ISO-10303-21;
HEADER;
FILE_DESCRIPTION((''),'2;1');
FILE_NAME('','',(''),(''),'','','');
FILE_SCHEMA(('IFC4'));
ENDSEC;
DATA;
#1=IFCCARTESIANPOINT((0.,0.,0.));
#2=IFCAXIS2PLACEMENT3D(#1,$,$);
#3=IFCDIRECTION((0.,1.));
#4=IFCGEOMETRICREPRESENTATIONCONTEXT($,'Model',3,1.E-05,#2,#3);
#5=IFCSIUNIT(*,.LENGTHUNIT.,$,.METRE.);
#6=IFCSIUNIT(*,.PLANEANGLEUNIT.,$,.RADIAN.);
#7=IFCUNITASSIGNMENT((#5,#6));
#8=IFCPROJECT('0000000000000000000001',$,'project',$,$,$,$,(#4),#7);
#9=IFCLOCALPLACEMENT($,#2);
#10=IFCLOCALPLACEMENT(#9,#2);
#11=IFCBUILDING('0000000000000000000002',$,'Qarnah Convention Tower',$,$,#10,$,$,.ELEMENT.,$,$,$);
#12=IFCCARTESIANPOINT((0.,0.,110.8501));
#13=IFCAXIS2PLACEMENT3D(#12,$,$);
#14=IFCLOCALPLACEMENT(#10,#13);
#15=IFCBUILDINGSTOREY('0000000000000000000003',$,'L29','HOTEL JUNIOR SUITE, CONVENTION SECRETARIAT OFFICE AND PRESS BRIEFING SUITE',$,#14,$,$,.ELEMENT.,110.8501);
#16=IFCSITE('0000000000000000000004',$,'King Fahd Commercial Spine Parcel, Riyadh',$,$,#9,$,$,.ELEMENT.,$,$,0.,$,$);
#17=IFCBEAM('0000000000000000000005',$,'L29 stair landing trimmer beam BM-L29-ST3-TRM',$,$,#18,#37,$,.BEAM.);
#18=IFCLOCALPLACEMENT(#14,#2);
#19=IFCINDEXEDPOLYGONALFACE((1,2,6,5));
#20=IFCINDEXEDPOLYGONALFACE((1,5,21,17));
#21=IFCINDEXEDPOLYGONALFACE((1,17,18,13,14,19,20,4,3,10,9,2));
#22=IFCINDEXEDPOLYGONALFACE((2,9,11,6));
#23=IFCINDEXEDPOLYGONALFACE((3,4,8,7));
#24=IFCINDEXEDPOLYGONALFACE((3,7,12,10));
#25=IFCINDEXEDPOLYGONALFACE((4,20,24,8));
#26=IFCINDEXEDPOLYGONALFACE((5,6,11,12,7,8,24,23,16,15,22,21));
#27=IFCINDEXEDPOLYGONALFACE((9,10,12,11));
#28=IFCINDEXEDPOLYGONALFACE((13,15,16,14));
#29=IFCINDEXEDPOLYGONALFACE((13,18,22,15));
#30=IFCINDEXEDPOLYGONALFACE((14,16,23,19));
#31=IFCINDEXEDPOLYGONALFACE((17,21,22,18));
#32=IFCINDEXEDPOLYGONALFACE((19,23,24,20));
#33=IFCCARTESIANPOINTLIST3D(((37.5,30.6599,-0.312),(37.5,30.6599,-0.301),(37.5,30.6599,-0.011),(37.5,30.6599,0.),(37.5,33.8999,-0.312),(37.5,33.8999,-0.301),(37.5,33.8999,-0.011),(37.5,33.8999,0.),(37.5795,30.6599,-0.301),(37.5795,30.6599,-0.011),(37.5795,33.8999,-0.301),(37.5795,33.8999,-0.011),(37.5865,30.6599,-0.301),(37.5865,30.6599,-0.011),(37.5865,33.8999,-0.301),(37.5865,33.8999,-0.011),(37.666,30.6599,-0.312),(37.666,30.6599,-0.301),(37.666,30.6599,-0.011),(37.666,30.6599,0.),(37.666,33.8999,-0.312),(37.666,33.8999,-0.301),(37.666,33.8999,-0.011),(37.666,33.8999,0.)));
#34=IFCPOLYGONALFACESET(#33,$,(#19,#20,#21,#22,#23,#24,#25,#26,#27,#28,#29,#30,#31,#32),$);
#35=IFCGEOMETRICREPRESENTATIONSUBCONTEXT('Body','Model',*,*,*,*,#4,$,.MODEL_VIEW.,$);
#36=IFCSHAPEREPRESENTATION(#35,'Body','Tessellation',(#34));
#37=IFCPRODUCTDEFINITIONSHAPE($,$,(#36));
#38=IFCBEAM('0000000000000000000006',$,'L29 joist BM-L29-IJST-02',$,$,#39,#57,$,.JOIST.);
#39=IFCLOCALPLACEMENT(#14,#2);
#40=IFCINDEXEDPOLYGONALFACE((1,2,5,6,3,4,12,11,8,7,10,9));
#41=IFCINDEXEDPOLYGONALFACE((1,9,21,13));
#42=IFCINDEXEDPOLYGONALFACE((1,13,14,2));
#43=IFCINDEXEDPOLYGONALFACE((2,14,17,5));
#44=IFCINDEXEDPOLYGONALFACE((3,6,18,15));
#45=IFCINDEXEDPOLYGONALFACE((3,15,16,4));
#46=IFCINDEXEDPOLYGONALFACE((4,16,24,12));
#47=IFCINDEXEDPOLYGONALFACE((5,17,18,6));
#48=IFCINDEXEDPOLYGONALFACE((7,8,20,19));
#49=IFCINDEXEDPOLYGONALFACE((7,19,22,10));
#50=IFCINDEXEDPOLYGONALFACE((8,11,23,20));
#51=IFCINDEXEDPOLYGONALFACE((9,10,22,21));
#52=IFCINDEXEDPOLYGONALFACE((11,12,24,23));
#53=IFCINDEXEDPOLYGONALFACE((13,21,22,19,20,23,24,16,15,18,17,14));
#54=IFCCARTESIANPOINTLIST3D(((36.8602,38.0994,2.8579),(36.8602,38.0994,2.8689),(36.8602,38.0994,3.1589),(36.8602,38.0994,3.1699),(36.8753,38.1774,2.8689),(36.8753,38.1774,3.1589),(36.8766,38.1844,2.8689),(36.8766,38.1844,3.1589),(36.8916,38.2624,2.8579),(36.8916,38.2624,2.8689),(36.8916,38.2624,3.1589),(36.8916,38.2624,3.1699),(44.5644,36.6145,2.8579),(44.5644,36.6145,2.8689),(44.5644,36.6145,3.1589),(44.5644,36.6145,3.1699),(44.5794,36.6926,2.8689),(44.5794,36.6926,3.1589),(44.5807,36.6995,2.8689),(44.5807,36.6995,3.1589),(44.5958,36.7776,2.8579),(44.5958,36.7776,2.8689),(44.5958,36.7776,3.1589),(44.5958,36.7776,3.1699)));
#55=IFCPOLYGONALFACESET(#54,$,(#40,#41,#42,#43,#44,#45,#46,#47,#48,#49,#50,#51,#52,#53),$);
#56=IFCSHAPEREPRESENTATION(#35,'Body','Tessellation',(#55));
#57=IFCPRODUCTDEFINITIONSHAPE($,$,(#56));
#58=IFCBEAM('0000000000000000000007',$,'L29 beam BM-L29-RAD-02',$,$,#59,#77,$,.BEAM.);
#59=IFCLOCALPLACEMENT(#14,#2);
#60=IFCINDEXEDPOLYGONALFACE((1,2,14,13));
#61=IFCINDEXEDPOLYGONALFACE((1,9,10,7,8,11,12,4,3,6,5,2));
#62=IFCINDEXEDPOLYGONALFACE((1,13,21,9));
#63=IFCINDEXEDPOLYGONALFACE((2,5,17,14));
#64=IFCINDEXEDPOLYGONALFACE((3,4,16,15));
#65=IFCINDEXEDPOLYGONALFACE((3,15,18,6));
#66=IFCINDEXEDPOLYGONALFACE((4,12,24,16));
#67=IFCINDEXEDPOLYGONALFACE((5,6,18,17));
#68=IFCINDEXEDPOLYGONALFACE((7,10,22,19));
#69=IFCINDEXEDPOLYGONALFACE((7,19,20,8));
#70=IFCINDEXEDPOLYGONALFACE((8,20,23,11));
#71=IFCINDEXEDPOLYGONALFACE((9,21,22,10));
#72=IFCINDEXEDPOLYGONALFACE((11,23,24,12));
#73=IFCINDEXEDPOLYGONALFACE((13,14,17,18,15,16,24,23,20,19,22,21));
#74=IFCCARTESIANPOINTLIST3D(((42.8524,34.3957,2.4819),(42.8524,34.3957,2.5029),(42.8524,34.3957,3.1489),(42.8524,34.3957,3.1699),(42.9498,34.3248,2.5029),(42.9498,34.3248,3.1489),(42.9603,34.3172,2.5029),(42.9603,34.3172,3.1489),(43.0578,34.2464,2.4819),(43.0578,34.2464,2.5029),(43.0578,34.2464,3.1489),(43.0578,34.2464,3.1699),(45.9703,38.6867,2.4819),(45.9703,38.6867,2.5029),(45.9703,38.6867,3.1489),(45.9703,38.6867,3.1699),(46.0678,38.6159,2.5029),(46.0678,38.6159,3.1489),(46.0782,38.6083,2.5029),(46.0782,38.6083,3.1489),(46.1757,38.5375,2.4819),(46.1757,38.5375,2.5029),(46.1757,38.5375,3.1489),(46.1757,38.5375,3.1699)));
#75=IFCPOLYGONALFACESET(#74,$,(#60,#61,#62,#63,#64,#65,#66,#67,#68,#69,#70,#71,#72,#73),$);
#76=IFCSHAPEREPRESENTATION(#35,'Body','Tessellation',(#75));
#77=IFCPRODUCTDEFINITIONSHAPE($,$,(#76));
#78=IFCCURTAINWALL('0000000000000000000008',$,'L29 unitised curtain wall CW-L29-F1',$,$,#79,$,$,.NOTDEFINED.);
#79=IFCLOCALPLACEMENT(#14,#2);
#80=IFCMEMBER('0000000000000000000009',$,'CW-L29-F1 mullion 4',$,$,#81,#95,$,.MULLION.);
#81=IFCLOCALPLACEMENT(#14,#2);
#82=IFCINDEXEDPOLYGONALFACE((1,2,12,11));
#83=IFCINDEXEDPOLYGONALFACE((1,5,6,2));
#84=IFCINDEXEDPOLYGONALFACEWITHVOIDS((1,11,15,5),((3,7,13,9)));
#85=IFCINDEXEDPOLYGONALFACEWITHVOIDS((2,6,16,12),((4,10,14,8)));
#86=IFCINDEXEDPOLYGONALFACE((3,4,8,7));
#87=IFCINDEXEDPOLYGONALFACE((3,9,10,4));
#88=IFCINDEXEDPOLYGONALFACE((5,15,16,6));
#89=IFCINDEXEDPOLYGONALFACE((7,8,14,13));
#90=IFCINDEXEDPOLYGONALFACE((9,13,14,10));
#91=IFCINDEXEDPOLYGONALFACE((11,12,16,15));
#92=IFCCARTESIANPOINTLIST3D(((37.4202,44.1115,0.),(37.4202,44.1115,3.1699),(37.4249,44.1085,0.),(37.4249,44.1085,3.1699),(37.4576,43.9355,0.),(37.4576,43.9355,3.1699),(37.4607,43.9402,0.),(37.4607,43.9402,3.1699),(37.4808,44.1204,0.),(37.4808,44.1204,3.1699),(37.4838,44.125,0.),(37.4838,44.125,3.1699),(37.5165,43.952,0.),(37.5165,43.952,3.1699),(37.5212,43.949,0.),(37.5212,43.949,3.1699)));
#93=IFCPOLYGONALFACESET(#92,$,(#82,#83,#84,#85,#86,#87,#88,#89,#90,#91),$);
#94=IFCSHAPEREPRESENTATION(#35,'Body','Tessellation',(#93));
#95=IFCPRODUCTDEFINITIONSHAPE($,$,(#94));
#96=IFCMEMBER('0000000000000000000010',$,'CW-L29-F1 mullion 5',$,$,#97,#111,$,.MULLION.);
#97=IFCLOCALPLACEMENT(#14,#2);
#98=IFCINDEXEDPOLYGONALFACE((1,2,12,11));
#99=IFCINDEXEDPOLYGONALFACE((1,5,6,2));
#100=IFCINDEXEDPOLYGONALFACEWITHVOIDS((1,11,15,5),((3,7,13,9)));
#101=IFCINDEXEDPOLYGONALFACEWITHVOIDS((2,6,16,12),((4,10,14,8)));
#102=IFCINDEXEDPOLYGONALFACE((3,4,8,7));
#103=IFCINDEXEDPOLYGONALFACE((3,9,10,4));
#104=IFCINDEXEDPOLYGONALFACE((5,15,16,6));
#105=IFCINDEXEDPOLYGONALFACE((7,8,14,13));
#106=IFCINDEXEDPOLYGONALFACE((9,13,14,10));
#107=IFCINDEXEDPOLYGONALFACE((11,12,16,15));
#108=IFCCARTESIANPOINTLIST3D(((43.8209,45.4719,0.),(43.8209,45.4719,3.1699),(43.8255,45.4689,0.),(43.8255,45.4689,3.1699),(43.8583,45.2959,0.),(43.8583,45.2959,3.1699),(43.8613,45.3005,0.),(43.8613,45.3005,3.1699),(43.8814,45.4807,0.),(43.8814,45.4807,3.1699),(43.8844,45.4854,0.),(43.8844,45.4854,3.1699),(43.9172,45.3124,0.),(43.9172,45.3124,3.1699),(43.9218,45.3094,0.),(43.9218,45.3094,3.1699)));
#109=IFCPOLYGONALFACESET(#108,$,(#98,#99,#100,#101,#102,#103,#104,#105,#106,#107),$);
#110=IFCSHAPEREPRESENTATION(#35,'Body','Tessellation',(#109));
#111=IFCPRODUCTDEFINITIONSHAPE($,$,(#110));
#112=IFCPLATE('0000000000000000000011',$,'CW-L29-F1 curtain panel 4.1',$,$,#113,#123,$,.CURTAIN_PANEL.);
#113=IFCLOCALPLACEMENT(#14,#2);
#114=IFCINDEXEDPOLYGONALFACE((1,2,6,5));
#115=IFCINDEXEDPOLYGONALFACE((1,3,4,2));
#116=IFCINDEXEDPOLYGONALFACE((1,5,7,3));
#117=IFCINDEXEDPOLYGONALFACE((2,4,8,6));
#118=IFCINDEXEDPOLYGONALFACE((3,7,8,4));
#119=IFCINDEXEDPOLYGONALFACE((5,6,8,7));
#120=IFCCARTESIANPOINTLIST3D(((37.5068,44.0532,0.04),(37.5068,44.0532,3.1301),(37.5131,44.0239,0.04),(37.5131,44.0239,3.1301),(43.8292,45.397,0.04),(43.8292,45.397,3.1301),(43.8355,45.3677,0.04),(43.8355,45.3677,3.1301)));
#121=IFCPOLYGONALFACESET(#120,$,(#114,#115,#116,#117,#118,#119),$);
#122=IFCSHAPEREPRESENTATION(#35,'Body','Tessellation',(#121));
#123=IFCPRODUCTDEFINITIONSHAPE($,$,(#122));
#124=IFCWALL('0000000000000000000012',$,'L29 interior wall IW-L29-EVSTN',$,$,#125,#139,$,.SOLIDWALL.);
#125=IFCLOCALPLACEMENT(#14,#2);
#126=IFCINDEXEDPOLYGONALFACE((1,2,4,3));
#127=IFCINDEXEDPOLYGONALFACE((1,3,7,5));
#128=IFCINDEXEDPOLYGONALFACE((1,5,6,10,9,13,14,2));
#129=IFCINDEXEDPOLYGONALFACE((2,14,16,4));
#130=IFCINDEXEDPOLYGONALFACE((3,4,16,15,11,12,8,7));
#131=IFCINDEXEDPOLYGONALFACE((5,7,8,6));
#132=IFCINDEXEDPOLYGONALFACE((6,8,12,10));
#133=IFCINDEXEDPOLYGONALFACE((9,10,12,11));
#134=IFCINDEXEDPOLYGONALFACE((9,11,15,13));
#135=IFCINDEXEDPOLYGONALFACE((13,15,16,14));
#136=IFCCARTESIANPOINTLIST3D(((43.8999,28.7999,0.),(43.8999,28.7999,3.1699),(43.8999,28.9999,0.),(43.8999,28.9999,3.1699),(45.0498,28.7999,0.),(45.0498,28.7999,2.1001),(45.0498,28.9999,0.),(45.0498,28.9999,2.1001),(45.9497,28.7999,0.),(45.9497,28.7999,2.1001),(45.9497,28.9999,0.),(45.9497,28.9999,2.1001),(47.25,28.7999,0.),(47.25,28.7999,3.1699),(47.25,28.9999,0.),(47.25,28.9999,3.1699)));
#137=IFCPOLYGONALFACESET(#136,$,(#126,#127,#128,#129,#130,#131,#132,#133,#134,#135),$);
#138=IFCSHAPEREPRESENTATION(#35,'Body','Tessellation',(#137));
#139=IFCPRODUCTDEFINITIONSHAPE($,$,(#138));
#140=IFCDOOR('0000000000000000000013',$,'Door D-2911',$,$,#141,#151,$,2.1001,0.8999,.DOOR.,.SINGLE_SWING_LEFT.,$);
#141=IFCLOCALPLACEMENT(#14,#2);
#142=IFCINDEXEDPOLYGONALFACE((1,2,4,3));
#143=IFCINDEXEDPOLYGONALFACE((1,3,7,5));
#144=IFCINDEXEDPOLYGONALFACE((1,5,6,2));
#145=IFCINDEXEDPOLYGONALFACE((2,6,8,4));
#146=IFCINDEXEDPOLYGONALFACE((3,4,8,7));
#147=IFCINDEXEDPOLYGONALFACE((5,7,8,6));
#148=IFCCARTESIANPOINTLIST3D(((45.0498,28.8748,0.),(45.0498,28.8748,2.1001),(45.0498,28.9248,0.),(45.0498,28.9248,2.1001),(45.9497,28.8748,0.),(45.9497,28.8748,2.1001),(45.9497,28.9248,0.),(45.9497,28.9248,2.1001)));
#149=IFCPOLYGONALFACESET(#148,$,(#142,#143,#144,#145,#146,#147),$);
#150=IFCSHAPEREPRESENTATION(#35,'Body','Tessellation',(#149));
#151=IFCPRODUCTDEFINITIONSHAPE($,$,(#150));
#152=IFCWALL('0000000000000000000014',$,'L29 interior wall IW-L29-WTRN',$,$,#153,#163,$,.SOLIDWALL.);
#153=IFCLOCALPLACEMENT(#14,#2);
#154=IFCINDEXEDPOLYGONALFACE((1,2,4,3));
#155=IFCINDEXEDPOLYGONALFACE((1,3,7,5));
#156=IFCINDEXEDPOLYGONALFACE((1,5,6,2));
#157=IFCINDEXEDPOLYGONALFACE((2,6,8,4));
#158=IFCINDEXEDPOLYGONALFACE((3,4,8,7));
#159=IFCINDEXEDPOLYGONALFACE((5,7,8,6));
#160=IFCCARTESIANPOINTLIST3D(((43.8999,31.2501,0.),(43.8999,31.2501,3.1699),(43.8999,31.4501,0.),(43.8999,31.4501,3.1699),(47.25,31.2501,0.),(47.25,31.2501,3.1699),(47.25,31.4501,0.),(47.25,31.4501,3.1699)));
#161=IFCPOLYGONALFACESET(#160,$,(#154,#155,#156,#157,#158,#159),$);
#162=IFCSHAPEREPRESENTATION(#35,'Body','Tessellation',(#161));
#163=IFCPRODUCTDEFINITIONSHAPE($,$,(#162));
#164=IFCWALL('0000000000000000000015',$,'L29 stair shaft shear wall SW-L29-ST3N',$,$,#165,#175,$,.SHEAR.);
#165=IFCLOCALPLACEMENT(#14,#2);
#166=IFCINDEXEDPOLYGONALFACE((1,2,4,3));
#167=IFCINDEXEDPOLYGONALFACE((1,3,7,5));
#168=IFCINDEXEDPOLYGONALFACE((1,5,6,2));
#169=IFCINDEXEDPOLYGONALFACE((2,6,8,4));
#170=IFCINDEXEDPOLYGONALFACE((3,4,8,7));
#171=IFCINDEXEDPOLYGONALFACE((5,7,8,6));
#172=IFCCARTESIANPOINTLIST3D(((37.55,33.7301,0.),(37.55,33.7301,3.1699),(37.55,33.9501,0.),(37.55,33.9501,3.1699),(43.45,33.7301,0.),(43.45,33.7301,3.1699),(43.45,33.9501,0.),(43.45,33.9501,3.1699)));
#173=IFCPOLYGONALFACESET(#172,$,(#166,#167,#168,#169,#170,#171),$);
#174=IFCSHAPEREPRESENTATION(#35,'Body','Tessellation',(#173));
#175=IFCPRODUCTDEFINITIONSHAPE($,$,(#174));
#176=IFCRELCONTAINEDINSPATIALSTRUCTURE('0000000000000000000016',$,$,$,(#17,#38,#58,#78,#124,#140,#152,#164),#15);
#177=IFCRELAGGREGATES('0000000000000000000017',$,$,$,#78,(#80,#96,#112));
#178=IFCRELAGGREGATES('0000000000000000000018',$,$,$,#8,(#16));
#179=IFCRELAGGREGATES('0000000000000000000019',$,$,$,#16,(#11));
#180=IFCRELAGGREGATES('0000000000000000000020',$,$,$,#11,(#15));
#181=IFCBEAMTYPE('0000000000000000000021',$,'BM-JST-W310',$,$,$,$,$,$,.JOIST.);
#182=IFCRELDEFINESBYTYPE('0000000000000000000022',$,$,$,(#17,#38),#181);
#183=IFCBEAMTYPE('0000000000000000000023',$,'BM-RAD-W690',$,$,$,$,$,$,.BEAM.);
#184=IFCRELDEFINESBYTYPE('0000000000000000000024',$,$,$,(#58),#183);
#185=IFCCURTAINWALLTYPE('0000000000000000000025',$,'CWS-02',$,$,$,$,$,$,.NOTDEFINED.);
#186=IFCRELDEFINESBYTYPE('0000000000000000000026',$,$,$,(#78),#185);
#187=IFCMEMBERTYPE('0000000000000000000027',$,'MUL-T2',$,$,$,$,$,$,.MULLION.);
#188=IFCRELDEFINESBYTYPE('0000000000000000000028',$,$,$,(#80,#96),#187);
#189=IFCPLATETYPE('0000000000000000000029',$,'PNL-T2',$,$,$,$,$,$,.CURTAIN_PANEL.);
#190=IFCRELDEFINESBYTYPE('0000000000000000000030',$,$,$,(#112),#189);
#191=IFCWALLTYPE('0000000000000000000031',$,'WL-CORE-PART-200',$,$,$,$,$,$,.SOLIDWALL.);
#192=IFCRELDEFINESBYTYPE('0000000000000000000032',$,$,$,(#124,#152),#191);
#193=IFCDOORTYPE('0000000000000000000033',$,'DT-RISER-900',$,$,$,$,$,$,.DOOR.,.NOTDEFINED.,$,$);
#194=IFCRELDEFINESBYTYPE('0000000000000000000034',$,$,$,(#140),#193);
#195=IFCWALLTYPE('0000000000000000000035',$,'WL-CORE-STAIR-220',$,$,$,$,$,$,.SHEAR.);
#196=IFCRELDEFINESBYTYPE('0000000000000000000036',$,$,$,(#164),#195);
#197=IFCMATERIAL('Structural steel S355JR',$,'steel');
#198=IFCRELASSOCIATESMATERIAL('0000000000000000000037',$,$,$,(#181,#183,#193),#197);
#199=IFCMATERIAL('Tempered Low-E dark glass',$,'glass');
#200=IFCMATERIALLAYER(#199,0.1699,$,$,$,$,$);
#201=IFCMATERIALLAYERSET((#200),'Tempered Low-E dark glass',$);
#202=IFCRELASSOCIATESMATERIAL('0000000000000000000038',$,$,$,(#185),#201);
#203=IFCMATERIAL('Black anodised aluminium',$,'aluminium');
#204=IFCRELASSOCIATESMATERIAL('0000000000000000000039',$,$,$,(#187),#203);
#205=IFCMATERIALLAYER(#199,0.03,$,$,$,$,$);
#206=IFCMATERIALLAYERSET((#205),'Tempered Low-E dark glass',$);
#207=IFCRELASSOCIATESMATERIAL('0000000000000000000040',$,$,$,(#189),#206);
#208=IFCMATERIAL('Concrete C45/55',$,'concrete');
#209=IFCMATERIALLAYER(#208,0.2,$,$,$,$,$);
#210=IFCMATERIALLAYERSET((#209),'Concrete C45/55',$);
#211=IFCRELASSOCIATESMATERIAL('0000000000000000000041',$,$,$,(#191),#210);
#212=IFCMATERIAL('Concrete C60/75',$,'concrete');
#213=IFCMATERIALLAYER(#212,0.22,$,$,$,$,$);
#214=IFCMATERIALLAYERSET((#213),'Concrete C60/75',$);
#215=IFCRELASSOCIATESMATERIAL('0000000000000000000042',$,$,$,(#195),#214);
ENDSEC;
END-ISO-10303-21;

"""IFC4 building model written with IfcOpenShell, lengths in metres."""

from ifc_helpers import new_model, si_unit, direction, frame, frame_2d, origin, origin_2d, place, context, subcontext, project, spatial, rectangle, hollow_rectangle, i_section, extrude, material, layer, layer_set, material_profile, profile_set, type_object, element, fill, aggregate, save


model = new_model("IFC4")

# Units and contexts
model_context = context("Model", 3, precision=1e-05, world=origin(), true_north=direction((0.0, 1.0)))
body_context = subcontext(model_context, "Body", "Model", "MODEL_VIEW")
ifc_project = project(units=[si_unit("LENGTHUNIT", "METRE"), si_unit("PLANEANGLEUNIT", "RADIAN")], contexts=[model_context])

# Site, building, storey
site_placement = place(None, origin())
site = spatial("IfcSite", under=ifc_project, at=site_placement, Name="King Fahd Commercial Spine Parcel, Riyadh", CompositionType="ELEMENT", RefElevation=0.0)
building_placement = place(site_placement, origin())
building = spatial("IfcBuilding", under=site, at=building_placement, Name="Qarnah Convention Tower", CompositionType="ELEMENT")
storey_placement = place(building_placement, frame((0.0, 0.0, 110.8501)))
storey = spatial("IfcBuildingStorey", under=building, at=storey_placement, Name="L29", Description="HOTEL JUNIOR SUITE, CONVENTION SECRETARIAT OFFICE AND PRESS BRIEFING SUITE", CompositionType="ELEMENT", Elevation=110.8501)

# Beams
ifc_material_1 = material(Name="Structural steel S355JR", Category="steel")
ifc_material_profile_1 = material_profile(ifc_material_1, i_section(OverallWidth=0.166, OverallDepth=0.312, WebThickness=0.0071, FlangeThickness=0.011, at=origin_2d()), Name="W310X45")
ifc_profile_set_1 = profile_set([ifc_material_profile_1], Name="Structural steel S355JR")
beam_type_1 = type_object("IfcBeamType", Name="BM-JST-W310", PredefinedType="JOIST", material=ifc_profile_set_1)
beam_1_placement = place(storey_placement, frame((37.583, 30.6599, -0.156), z_axis=(0.0, 1.0, 0.0), x_axis=(-1.0, 0.0, 0.0)))
element("IfcBeam", 1, at=beam_1_placement, inside=storey, type_object=beam_type_1, Name="L29 stair landing trimmer beam BM-L29-ST3-TRM", PredefinedType="BEAM", context=body_context, shape_type="SweptSolid", body=[
    extrude(i_section(OverallWidth=0.166, OverallDepth=0.312, WebThickness=0.0071, FlangeThickness=0.011, at=origin_2d()), origin(), (0.0, 0.0, 1.0), 3.24),
])
beam_2_placement = place(storey_placement, frame((44.5801, 36.696, 3.0139), z_axis=(-0.981928, 0.189254, 0.0), x_axis=(-0.189254, -0.981928, 0.0)))
element("IfcBeam", 2, at=beam_2_placement, inside=storey, type_object=beam_type_1, Name="L29 joist BM-L29-IJST-02", PredefinedType="JOIST", context=body_context, shape_type="SweptSolid", body=[
    extrude(i_section(OverallWidth=0.166, OverallDepth=0.312, WebThickness=0.0071, FlangeThickness=0.011, at=origin_2d()), origin(), (0.0, 0.0, 1.0), 7.8459),
])
ifc_material_profile_2 = material_profile(ifc_material_1, i_section(OverallWidth=0.2539, OverallDepth=0.688, WebThickness=0.0129, FlangeThickness=0.021, at=origin_2d()), Name="W690X152")
ifc_profile_set_2 = profile_set([ifc_material_profile_2], Name="Structural steel S355JR")
beam_type_2 = type_object("IfcBeamType", Name="BM-RAD-W690", PredefinedType="BEAM", material=ifc_profile_set_2)
beam_3_placement = place(storey_placement, frame((42.9551, 34.321, 2.8259), z_axis=(0.587824, 0.808989, 0.0), x_axis=(-0.808989, 0.587824, 0.0)))
element("IfcBeam", 3, at=beam_3_placement, inside=storey, type_object=beam_type_2, Name="L29 beam BM-L29-RAD-02", PredefinedType="BEAM", context=body_context, shape_type="SweptSolid", body=[
    extrude(i_section(OverallWidth=0.2539, OverallDepth=0.688, WebThickness=0.0129, FlangeThickness=0.021, at=origin_2d()), origin(), (0.0, 0.0, 1.0), 5.3042),
])

# Curtain wall, members, plate
ifc_material_2 = material(Name="Tempered Low-E dark glass", Category="glass")
ifc_layer_1 = layer(ifc_material_2, 0.1699)
ifc_layer_set_1 = layer_set([ifc_layer_1], Name="Tempered Low-E dark glass")
curtain_wall_type = type_object("IfcCurtainWallType", Name="CWS-02", PredefinedType="NOTDEFINED", material=ifc_layer_set_1)
curtain_wall_placement = place(storey_placement, origin())
curtain_wall = element("IfcCurtainWall", 4, at=curtain_wall_placement, inside=storey, type_object=curtain_wall_type, Name="L29 unitised curtain wall CW-L29-F1", PredefinedType="NOTDEFINED")
ifc_material_3 = material(Name="Black anodised aluminium", Category="aluminium")
ifc_material_profile_3 = material_profile(ifc_material_3, hollow_rectangle(XDim=0.0649, YDim=0.1799, WallThickness=0.0039, at=origin_2d()), Name="MUL-65X180")
ifc_profile_set_3 = profile_set([ifc_material_profile_3], Name="Black anodised aluminium")
member_type = type_object("IfcMemberType", Name="MUL-T2", PredefinedType="MULLION", material=ifc_profile_set_3)
member_1_placement = place(storey_placement, frame((37.4707, 44.0303, 0.0), z_axis=(0.0, 0.0, 1.0), x_axis=(0.97815, 0.207899, 0.0)))
member_1 = element("IfcMember", 5, at=member_1_placement, type_object=member_type, Name="CW-L29-F1 mullion 4", PredefinedType="MULLION", context=body_context, shape_type="SweptSolid", body=[
    extrude(hollow_rectangle(XDim=0.0649, YDim=0.1799, WallThickness=0.0039, at=origin_2d()), origin(), (0.0, 0.0, 1.0), 3.1699),
])
member_2_placement = place(storey_placement, frame((43.8713, 45.3906, 0.0), z_axis=(0.0, 0.0, 1.0), x_axis=(0.97815, 0.207899, 0.0)))
member_2 = element("IfcMember", 6, at=member_2_placement, type_object=member_type, Name="CW-L29-F1 mullion 5", PredefinedType="MULLION", context=body_context, shape_type="SweptSolid", body=[
    extrude(hollow_rectangle(XDim=0.0649, YDim=0.1799, WallThickness=0.0039, at=origin_2d()), origin(), (0.0, 0.0, 1.0), 3.1699),
])
ifc_layer_2 = layer(ifc_material_2, 0.03)
ifc_layer_set_2 = layer_set([ifc_layer_2], Name="Tempered Low-E dark glass")
plate_type = type_object("IfcPlateType", Name="PNL-T2", PredefinedType="CURTAIN_PANEL", material=ifc_layer_set_2)
plate_placement = place(storey_placement, frame((40.6711, 44.7104, 0.04), z_axis=(0.0, 0.0, 1.0), x_axis=(0.97815, 0.207899, 0.0)))
plate = element("IfcPlate", 7, at=plate_placement, type_object=plate_type, Name="CW-L29-F1 curtain panel 4.1", PredefinedType="CURTAIN_PANEL", context=body_context, shape_type="SweptSolid", body=[
    extrude(rectangle(XDim=6.4636, YDim=0.03, at=origin_2d()), origin(), (0.0, 0.0, 1.0), 3.0901),
])
aggregate(curtain_wall, [member_1, member_2, plate])

# Wall, opening, door
ifc_material_4 = material(Name="Concrete C45/55", Category="concrete")
ifc_layer_3 = layer(ifc_material_4, 0.2)
ifc_layer_set_3 = layer_set([ifc_layer_3], Name="Concrete C45/55")
wall_type_1 = type_object("IfcWallType", Name="WL-CORE-PART-200", PredefinedType="SOLIDWALL", material=ifc_layer_set_3)
wall_1_placement = place(storey_placement, frame((43.8999, 28.8999, 0.0), z_axis=(0.0, 0.0, 1.0), x_axis=(1.0, 0.0, 0.0)))
wall_1 = element("IfcWall", 8, at=wall_1_placement, inside=storey, type_object=wall_type_1, Name="L29 interior wall IW-L29-EVSTN", PredefinedType="SOLIDWALL", context=body_context, shape_type="SweptSolid", body=[
    extrude(rectangle(XDim=3.3501, YDim=0.2, at=frame_2d((1.675, 0.0))), origin(), (0.0, 0.0, 1.0), 3.1699),
])
opening_1_placement = place(wall_1_placement, frame((1.1499, 0.0, 0.0)))
opening_1 = element("IfcOpeningElement", 9, at=opening_1_placement, cuts=wall_1, PredefinedType="OPENING", context=body_context, shape_type="SweptSolid", body=[
    extrude(rectangle(XDim=0.8999, YDim=2.1001, at=frame_2d((0.45, 1.05))), frame((0.0, 0.1099, 0.0), z_axis=(0.0, -1.0, 0.0), x_axis=(1.0, 0.0, 0.0)), (0.0, 0.0, 1.0), 0.22),
])
door_type_1 = type_object("IfcDoorType", Name="DT-RISER-900", OperationType="NOTDEFINED", PredefinedType="DOOR", material=ifc_material_1)
door_1_placement = place(opening_1_placement, origin())
door_1 = element("IfcDoor", 10, at=door_1_placement, inside=storey, type_object=door_type_1, Name="Door D-2911", OperationType="SINGLE_SWING_LEFT", OverallHeight=2.1001, OverallWidth=0.8999, PredefinedType="DOOR", context=body_context, shape_type="SweptSolid", body=[
    extrude(rectangle(XDim=0.8999, YDim=2.1001, at=frame_2d((0.45, 1.05))), frame((0.0, 0.0249, 0.0), z_axis=(0.0, -1.0, 0.0), x_axis=(1.0, 0.0, 0.0)), (0.0, 0.0, 1.0), 0.05),
])
fill(opening_1, door_1)

# Walls
wall_2_placement = place(storey_placement, frame((43.8999, 31.3501, 0.0), z_axis=(0.0, 0.0, 1.0), x_axis=(1.0, 0.0, 0.0)))
element("IfcWall", 11, at=wall_2_placement, inside=storey, type_object=wall_type_1, Name="L29 interior wall IW-L29-WTRN", PredefinedType="SOLIDWALL", context=body_context, shape_type="SweptSolid", body=[
    extrude(rectangle(XDim=3.3501, YDim=0.2, at=frame_2d((1.675, 0.0))), origin(), (0.0, 0.0, 1.0), 3.1699),
])
ifc_material_5 = material(Name="Concrete C60/75", Category="concrete")
ifc_layer_4 = layer(ifc_material_5, 0.22)
ifc_layer_set_4 = layer_set([ifc_layer_4], Name="Concrete C60/75")
wall_type_2 = type_object("IfcWallType", Name="WL-CORE-STAIR-220", PredefinedType="SHEAR", material=ifc_layer_set_4)
wall_3_placement = place(storey_placement, frame((37.55, 33.8401, 0.0), z_axis=(0.0, 0.0, 1.0), x_axis=(1.0, 0.0, 0.0)))
element("IfcWall", 12, at=wall_3_placement, inside=storey, type_object=wall_type_2, Name="L29 stair shaft shear wall SW-L29-ST3N", PredefinedType="SHEAR", context=body_context, shape_type="SweptSolid", body=[
    extrude(rectangle(XDim=5.8999, YDim=0.22, at=frame_2d((2.95, 0.0))), origin(), (0.0, 0.0, 1.0), 3.1699),
])

save(model, "model.ifc")
